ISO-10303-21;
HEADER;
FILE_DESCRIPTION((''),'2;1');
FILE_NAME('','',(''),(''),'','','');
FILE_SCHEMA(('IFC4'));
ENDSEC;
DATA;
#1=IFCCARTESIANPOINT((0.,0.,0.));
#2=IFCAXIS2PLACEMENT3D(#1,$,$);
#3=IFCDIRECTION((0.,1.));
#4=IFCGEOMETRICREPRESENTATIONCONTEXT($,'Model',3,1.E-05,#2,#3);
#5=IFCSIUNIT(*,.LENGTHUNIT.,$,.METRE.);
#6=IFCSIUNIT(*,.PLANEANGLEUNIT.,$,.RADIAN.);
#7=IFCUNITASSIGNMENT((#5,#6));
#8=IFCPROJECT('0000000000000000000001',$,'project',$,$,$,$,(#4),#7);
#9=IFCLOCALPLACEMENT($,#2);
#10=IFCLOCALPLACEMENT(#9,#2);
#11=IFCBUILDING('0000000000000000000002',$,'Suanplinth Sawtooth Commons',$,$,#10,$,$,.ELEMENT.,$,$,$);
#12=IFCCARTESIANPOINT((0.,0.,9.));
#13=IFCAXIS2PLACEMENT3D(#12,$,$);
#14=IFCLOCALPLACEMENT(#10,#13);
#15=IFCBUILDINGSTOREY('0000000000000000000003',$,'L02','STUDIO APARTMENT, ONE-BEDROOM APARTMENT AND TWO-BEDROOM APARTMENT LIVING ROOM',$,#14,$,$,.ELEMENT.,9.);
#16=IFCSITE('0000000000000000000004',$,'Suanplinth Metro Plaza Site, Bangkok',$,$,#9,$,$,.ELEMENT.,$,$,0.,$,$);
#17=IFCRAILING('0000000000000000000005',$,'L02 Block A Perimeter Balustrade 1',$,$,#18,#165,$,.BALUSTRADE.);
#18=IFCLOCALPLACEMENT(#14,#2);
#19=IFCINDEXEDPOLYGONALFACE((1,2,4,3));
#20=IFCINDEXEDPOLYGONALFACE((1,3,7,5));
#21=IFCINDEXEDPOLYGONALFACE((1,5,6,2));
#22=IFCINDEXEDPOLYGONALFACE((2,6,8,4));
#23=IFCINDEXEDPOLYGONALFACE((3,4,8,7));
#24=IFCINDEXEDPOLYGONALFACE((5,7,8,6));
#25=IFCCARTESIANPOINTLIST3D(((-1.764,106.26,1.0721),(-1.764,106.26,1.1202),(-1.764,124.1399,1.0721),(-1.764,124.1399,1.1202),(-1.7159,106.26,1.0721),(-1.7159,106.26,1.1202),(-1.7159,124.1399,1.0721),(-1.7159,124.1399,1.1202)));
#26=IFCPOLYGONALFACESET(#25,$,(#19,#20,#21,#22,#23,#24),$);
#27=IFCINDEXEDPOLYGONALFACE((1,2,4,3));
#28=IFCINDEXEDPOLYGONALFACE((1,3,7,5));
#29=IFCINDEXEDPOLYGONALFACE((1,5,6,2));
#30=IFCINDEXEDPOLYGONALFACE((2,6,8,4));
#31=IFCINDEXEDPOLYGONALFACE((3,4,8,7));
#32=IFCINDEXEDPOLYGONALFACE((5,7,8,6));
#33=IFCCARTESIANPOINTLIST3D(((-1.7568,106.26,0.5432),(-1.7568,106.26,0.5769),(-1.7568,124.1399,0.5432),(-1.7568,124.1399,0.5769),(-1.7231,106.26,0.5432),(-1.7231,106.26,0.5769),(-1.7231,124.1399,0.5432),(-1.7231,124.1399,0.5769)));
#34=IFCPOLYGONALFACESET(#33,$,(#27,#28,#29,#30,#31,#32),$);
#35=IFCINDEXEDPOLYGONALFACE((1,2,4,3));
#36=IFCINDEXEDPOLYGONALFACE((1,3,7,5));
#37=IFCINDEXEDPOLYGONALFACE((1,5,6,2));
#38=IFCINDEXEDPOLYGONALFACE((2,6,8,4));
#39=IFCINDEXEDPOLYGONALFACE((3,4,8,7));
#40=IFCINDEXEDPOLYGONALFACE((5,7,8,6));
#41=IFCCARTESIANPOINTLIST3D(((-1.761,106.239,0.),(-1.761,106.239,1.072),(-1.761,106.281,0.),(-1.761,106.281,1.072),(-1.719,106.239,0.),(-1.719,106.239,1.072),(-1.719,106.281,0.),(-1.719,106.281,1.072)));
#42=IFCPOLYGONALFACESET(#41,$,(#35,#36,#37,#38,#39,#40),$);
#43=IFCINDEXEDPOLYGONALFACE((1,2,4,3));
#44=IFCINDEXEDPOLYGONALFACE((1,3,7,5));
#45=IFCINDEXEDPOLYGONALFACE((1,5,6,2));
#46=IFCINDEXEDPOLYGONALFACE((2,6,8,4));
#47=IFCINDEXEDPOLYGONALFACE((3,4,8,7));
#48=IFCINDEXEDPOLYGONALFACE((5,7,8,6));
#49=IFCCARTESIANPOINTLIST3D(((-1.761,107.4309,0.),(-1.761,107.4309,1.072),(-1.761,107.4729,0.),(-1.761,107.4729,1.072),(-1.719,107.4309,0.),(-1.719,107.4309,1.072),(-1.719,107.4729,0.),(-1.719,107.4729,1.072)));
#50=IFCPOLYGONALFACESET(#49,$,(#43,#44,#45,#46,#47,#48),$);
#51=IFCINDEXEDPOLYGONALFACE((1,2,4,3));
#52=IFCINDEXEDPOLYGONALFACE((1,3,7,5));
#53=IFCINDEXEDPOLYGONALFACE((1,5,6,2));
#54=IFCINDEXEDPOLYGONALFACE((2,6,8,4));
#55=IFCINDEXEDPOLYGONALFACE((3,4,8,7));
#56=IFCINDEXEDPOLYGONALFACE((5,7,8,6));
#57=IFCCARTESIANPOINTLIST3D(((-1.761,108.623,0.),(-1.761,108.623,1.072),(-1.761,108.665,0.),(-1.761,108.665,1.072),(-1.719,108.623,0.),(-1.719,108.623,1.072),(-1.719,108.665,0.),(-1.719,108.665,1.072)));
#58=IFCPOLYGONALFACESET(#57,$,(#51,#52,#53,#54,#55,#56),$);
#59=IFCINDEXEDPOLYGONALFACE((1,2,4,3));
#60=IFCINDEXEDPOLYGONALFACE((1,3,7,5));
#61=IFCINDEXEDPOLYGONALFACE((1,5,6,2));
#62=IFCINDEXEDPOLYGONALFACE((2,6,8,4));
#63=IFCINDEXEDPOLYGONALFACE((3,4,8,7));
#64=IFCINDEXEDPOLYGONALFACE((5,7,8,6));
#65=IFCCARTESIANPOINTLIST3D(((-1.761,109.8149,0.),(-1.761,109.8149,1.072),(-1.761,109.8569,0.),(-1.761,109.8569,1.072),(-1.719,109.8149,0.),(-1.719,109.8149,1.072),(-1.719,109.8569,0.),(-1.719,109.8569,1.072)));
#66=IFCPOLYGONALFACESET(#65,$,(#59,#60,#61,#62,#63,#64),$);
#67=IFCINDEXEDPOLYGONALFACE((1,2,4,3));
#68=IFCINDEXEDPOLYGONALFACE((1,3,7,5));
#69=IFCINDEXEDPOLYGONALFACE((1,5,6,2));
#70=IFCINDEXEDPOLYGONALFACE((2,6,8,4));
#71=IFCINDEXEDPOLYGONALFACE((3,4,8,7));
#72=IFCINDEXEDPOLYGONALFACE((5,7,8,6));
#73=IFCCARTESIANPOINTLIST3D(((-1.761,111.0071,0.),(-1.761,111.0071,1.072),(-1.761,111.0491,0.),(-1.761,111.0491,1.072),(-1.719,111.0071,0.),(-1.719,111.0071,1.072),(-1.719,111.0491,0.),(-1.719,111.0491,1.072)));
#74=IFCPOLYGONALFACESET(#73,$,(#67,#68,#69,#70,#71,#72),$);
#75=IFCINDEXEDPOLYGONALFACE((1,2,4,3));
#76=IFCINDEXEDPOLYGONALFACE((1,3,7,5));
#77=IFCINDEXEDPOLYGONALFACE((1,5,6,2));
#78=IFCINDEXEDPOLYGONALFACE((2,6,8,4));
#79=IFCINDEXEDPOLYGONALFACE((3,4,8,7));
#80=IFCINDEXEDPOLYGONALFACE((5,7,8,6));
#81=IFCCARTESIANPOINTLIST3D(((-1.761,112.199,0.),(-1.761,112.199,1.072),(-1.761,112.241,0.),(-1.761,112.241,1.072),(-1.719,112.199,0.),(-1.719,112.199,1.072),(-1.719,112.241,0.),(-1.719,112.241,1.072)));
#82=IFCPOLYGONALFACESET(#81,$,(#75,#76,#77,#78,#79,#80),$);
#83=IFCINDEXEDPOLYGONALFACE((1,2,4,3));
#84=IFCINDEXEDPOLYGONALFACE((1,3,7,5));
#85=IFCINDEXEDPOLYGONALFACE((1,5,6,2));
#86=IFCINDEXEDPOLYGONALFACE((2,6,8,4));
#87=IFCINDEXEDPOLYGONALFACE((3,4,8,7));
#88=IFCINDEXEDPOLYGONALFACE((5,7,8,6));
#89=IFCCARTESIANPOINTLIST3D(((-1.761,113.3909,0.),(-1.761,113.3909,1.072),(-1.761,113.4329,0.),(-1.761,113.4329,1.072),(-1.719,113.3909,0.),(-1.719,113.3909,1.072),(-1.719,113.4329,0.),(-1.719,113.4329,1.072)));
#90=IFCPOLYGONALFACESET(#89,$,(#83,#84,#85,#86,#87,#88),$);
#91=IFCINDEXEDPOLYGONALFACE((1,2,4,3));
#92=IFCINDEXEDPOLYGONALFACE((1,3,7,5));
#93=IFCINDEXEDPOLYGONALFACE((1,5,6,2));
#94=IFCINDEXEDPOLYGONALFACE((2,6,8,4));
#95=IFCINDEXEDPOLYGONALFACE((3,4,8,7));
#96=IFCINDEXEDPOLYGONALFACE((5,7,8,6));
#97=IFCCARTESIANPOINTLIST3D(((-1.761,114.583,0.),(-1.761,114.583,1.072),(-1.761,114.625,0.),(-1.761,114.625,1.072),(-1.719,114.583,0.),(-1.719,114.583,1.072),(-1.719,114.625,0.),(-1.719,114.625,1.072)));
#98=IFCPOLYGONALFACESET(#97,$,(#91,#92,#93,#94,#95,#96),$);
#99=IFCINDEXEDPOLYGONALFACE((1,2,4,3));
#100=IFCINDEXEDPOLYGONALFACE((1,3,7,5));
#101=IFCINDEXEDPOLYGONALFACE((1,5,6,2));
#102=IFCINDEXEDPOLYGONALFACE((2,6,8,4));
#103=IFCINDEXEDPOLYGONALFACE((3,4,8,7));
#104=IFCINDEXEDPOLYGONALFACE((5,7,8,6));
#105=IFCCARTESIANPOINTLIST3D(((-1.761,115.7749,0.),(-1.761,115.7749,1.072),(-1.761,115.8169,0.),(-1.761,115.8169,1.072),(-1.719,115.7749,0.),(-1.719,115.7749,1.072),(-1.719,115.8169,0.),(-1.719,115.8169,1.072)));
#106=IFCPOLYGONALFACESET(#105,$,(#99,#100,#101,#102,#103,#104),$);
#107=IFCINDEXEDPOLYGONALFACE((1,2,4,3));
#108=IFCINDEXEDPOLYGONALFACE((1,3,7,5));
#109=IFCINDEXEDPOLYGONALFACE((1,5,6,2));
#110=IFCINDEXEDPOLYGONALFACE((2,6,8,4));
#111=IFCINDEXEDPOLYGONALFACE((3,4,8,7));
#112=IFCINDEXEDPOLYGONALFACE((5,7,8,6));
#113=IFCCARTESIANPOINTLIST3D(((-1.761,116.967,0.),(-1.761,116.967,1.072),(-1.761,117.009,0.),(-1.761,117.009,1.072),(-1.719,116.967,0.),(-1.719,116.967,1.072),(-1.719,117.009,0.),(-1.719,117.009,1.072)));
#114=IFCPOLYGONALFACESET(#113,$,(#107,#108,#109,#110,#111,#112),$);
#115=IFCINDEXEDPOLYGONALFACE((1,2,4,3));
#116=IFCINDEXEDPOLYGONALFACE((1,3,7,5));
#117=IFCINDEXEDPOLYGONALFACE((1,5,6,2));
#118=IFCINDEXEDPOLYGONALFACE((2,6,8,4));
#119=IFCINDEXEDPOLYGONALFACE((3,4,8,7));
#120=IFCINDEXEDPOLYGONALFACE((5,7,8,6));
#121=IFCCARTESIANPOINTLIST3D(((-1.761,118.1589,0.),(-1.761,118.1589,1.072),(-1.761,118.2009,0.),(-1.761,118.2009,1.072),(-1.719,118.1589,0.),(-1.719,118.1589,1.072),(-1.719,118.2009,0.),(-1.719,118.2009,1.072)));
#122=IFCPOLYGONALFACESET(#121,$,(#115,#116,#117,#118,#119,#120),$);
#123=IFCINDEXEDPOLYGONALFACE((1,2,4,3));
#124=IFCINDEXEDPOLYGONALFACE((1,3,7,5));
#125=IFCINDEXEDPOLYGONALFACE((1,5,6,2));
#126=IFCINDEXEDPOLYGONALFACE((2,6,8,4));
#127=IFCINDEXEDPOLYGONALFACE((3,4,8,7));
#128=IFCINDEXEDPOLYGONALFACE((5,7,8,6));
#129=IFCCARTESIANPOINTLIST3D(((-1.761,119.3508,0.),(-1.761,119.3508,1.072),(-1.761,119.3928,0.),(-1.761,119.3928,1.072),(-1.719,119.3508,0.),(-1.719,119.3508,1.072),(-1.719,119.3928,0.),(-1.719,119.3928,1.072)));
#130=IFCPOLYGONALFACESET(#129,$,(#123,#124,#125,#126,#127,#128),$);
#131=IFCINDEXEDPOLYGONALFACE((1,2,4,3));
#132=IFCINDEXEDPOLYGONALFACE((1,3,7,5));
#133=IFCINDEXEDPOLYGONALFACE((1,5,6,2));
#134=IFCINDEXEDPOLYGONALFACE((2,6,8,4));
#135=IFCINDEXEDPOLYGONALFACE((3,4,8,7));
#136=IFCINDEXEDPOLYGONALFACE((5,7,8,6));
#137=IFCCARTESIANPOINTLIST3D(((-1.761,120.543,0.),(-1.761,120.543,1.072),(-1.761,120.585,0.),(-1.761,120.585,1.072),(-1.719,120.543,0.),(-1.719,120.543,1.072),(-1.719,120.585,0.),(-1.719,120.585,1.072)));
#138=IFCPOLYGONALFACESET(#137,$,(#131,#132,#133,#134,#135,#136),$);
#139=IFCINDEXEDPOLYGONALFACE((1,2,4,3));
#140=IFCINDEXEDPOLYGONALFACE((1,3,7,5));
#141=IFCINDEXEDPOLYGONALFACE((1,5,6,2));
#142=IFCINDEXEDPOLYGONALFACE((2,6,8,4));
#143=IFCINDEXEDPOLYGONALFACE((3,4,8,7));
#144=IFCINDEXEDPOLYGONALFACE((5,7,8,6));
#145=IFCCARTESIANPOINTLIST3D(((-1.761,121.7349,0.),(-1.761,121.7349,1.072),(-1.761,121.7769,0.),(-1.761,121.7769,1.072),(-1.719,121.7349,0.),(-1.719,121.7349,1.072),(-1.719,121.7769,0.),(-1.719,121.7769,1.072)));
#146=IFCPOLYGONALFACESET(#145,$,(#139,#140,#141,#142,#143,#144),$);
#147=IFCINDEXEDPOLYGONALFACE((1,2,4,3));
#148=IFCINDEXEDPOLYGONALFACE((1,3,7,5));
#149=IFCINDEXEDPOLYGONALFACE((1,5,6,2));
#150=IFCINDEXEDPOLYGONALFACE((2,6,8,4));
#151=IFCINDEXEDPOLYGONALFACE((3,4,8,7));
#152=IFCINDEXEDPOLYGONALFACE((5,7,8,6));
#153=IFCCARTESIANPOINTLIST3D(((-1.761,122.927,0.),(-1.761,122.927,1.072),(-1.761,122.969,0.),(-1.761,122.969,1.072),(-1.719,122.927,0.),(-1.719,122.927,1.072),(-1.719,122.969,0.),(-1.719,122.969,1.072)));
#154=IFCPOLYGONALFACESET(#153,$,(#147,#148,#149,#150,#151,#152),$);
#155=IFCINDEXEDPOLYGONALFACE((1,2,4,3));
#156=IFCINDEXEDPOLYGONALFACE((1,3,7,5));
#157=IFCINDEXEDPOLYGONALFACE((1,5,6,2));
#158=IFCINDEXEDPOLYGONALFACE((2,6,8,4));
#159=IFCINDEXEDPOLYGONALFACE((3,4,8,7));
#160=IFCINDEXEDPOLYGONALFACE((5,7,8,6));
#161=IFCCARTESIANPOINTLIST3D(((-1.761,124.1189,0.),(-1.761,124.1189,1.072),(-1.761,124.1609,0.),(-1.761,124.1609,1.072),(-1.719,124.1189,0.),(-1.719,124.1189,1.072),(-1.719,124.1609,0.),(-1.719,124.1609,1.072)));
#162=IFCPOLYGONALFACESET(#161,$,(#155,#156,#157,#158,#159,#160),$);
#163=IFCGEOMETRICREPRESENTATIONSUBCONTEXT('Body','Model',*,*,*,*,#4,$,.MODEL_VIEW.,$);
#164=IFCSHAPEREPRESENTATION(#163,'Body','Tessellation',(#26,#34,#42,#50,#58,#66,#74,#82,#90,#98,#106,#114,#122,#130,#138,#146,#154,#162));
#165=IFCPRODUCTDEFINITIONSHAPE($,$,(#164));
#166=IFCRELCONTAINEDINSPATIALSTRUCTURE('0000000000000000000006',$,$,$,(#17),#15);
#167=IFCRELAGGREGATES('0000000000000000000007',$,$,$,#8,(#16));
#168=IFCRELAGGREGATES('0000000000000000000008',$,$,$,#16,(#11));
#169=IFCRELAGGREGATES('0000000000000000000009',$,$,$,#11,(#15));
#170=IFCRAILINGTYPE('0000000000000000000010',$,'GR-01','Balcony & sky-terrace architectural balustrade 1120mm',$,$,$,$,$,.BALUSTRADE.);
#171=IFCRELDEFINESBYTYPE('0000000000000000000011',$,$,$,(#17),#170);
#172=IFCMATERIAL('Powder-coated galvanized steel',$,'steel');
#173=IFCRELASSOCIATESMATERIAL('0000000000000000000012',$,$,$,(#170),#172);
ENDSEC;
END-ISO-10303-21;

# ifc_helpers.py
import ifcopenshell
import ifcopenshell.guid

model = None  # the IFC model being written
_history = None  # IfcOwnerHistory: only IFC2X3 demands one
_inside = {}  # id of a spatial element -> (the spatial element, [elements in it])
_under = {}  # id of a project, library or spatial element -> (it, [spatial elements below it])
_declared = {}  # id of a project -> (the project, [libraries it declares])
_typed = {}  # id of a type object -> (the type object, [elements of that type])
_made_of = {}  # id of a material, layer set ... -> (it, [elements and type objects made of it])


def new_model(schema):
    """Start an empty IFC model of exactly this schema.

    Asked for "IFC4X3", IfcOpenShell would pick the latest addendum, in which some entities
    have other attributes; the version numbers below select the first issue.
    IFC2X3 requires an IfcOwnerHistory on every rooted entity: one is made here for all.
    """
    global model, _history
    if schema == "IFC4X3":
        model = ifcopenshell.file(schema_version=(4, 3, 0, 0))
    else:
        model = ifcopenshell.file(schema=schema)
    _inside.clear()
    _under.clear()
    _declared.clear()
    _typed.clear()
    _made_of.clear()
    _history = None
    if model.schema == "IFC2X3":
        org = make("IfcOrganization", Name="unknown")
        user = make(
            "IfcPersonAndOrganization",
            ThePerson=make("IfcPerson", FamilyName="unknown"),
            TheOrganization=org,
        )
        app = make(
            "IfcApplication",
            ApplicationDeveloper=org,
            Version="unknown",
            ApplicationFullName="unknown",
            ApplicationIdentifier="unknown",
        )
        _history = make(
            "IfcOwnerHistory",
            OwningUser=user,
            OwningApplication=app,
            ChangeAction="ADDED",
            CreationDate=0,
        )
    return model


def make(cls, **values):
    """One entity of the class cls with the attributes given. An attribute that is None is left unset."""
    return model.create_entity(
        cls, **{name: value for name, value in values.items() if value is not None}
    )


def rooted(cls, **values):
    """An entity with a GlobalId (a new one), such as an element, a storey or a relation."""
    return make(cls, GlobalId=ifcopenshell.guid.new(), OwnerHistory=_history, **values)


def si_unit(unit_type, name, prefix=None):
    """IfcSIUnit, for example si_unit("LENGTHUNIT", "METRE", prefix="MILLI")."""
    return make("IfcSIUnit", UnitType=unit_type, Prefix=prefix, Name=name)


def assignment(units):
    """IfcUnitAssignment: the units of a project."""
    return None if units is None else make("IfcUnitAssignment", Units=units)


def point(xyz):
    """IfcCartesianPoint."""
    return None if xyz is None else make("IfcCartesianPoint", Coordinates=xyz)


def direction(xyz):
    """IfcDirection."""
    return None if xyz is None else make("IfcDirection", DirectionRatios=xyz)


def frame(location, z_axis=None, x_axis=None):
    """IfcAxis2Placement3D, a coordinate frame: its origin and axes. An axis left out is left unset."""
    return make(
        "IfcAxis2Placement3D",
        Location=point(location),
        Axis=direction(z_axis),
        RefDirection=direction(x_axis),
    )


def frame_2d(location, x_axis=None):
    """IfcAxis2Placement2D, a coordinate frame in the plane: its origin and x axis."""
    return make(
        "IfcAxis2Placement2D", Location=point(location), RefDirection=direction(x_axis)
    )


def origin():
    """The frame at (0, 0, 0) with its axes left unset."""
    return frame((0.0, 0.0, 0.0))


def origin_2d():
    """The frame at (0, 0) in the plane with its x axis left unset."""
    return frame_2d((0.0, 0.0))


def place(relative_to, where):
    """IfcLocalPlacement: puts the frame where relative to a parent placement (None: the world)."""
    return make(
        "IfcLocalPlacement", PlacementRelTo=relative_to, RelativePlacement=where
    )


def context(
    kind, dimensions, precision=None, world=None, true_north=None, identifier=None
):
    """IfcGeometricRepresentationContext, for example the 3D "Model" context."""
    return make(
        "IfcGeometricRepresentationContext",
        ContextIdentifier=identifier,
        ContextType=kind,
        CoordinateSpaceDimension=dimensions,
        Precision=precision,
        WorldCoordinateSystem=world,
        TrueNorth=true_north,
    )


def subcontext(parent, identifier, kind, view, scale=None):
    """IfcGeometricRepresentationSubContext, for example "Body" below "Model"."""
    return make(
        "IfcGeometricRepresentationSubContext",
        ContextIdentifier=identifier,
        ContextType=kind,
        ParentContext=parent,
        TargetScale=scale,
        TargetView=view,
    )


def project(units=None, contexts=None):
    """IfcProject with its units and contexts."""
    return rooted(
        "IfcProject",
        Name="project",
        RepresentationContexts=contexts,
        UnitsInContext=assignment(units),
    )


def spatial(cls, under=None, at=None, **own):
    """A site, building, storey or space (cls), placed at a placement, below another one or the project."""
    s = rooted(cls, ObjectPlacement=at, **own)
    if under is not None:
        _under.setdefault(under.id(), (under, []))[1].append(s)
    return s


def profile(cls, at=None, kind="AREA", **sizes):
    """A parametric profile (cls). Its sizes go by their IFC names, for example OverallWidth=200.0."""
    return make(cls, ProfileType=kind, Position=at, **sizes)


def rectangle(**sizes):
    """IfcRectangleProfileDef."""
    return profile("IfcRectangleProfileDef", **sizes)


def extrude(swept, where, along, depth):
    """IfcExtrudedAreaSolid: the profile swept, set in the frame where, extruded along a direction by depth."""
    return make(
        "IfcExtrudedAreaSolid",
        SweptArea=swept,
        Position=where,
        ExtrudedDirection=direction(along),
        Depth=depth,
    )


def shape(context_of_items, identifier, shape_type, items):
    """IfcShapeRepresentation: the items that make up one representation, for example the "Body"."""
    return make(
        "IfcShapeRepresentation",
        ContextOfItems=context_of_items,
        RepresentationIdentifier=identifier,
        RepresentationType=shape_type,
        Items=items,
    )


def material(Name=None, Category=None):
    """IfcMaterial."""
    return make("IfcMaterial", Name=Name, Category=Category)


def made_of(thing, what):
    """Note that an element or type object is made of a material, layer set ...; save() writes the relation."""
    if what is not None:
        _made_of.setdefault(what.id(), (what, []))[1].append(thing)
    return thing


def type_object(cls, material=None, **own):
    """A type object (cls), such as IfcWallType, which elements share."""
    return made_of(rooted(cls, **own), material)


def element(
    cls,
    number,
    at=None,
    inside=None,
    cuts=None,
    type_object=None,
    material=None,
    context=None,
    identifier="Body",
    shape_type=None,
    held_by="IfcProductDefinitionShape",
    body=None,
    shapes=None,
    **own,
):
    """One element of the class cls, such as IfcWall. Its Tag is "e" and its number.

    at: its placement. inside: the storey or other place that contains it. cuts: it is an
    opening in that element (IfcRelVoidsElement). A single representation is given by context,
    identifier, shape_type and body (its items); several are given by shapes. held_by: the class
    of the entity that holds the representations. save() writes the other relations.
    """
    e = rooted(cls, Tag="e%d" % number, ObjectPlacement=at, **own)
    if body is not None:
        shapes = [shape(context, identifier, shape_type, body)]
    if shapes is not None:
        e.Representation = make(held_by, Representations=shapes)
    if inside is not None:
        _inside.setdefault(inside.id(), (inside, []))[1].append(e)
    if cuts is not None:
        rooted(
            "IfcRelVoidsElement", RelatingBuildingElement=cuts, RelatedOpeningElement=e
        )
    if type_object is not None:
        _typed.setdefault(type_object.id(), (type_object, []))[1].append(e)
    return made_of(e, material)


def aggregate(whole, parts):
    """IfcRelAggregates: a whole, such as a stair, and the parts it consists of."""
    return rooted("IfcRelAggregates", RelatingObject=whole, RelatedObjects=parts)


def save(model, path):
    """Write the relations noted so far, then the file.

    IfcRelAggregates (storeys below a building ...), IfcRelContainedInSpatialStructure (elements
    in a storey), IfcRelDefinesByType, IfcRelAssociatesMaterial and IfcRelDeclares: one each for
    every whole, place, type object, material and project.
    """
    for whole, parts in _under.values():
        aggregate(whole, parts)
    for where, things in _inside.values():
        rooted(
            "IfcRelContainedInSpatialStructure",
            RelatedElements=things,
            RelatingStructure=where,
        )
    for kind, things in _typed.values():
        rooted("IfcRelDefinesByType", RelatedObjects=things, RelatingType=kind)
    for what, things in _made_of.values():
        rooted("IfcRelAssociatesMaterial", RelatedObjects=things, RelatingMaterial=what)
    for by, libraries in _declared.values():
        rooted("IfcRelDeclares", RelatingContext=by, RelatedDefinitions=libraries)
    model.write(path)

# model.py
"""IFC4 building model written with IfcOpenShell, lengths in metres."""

from ifc_helpers import new_model, si_unit, direction, frame, origin, origin_2d, place, context, subcontext, project, spatial, rectangle, extrude, material, type_object, element, save


model = new_model("IFC4")

# Units and contexts
model_context = context("Model", 3, precision=1e-05, world=origin(), true_north=direction((0.0, 1.0)))
body_context = subcontext(model_context, "Body", "Model", "MODEL_VIEW")
ifc_project = project(units=[si_unit("LENGTHUNIT", "METRE"), si_unit("PLANEANGLEUNIT", "RADIAN")], contexts=[model_context])

# Site, building, storey
site_placement = place(None, origin())
site = spatial("IfcSite", under=ifc_project, at=site_placement, Name="Suanplinth Metro Plaza Site, Bangkok", CompositionType="ELEMENT", RefElevation=0.0)
building_placement = place(site_placement, origin())
building = spatial("IfcBuilding", under=site, at=building_placement, Name="Suanplinth Sawtooth Commons", CompositionType="ELEMENT")
storey_placement = place(building_placement, frame((0.0, 0.0, 9.0)))
storey = spatial("IfcBuildingStorey", under=building, at=storey_placement, Name="L02", Description="STUDIO APARTMENT, ONE-BEDROOM APARTMENT AND TWO-BEDROOM APARTMENT LIVING ROOM", CompositionType="ELEMENT", Elevation=9.0)

# Railing
ifc_material_1 = material(Name="Powder-coated galvanized steel", Category="steel")
railing_type = type_object("IfcRailingType", Name="GR-01", Description="Balcony & sky-terrace architectural balustrade 1120mm", PredefinedType="BALUSTRADE", material=ifc_material_1)
railing_placement = place(storey_placement, frame((-1.74, 106.26, 0.0)))
element("IfcRailing", 1, at=railing_placement, inside=storey, type_object=railing_type, Name="L02 Block A Perimeter Balustrade 1", PredefinedType="BALUSTRADE", context=body_context, shape_type="SweptSolid", body=[
    extrude(rectangle(XDim=0.0481, YDim=0.0481, at=origin_2d()), frame((0.0, 0.0, 1.0962), z_axis=(0.0, 1.0, 0.0), x_axis=(-1.0, 0.0, 0.0)), (0.0, 0.0, 1.0), 17.8799),
    extrude(rectangle(XDim=0.0337, YDim=0.0337, at=origin_2d()), frame((0.0, 0.0, 0.5601), z_axis=(0.0, 1.0, 0.0), x_axis=(-1.0, 0.0, 0.0)), (0.0, 0.0, 1.0), 17.8799),
    extrude(rectangle(XDim=0.042, YDim=0.042, at=origin_2d()), origin(), (0.0, 0.0, 1.0), 1.072),
    extrude(rectangle(XDim=0.042, YDim=0.042, at=origin_2d()), frame((0.0, 1.1919, 0.0)), (0.0, 0.0, 1.0), 1.072),
    extrude(rectangle(XDim=0.042, YDim=0.042, at=origin_2d()), frame((0.0, 2.384, 0.0)), (0.0, 0.0, 1.0), 1.072),
    extrude(rectangle(XDim=0.042, YDim=0.042, at=origin_2d()), frame((0.0, 3.5759, 0.0)), (0.0, 0.0, 1.0), 1.072),
    extrude(rectangle(XDim=0.042, YDim=0.042, at=origin_2d()), frame((0.0, 4.7681, 0.0)), (0.0, 0.0, 1.0), 1.072),
    extrude(rectangle(XDim=0.042, YDim=0.042, at=origin_2d()), frame((0.0, 5.96, 0.0)), (0.0, 0.0, 1.0), 1.072),
    extrude(rectangle(XDim=0.042, YDim=0.042, at=origin_2d()), frame((0.0, 7.1519, 0.0)), (0.0, 0.0, 1.0), 1.072),
    extrude(rectangle(XDim=0.042, YDim=0.042, at=origin_2d()), frame((0.0, 8.344, 0.0)), (0.0, 0.0, 1.0), 1.072),
    extrude(rectangle(XDim=0.042, YDim=0.042, at=origin_2d()), frame((0.0, 9.5359, 0.0)), (0.0, 0.0, 1.0), 1.072),
    extrude(rectangle(XDim=0.042, YDim=0.042, at=origin_2d()), frame((0.0, 10.728, 0.0)), (0.0, 0.0, 1.0), 1.072),
    extrude(rectangle(XDim=0.042, YDim=0.042, at=origin_2d()), frame((0.0, 11.9199, 0.0)), (0.0, 0.0, 1.0), 1.072),
    extrude(rectangle(XDim=0.042, YDim=0.042, at=origin_2d()), frame((0.0, 13.1118, 0.0)), (0.0, 0.0, 1.0), 1.072),
    extrude(rectangle(XDim=0.042, YDim=0.042, at=origin_2d()), frame((0.0, 14.304, 0.0)), (0.0, 0.0, 1.0), 1.072),
    extrude(rectangle(XDim=0.042, YDim=0.042, at=origin_2d()), frame((0.0, 15.4958, 0.0)), (0.0, 0.0, 1.0), 1.072),
    extrude(rectangle(XDim=0.042, YDim=0.042, at=origin_2d()), frame((0.0, 16.688, 0.0)), (0.0, 0.0, 1.0), 1.072),
    extrude(rectangle(XDim=0.042, YDim=0.042, at=origin_2d()), frame((0.0, 17.8799, 0.0)), (0.0, 0.0, 1.0), 1.072),
])

save(model, "model.ifc")
